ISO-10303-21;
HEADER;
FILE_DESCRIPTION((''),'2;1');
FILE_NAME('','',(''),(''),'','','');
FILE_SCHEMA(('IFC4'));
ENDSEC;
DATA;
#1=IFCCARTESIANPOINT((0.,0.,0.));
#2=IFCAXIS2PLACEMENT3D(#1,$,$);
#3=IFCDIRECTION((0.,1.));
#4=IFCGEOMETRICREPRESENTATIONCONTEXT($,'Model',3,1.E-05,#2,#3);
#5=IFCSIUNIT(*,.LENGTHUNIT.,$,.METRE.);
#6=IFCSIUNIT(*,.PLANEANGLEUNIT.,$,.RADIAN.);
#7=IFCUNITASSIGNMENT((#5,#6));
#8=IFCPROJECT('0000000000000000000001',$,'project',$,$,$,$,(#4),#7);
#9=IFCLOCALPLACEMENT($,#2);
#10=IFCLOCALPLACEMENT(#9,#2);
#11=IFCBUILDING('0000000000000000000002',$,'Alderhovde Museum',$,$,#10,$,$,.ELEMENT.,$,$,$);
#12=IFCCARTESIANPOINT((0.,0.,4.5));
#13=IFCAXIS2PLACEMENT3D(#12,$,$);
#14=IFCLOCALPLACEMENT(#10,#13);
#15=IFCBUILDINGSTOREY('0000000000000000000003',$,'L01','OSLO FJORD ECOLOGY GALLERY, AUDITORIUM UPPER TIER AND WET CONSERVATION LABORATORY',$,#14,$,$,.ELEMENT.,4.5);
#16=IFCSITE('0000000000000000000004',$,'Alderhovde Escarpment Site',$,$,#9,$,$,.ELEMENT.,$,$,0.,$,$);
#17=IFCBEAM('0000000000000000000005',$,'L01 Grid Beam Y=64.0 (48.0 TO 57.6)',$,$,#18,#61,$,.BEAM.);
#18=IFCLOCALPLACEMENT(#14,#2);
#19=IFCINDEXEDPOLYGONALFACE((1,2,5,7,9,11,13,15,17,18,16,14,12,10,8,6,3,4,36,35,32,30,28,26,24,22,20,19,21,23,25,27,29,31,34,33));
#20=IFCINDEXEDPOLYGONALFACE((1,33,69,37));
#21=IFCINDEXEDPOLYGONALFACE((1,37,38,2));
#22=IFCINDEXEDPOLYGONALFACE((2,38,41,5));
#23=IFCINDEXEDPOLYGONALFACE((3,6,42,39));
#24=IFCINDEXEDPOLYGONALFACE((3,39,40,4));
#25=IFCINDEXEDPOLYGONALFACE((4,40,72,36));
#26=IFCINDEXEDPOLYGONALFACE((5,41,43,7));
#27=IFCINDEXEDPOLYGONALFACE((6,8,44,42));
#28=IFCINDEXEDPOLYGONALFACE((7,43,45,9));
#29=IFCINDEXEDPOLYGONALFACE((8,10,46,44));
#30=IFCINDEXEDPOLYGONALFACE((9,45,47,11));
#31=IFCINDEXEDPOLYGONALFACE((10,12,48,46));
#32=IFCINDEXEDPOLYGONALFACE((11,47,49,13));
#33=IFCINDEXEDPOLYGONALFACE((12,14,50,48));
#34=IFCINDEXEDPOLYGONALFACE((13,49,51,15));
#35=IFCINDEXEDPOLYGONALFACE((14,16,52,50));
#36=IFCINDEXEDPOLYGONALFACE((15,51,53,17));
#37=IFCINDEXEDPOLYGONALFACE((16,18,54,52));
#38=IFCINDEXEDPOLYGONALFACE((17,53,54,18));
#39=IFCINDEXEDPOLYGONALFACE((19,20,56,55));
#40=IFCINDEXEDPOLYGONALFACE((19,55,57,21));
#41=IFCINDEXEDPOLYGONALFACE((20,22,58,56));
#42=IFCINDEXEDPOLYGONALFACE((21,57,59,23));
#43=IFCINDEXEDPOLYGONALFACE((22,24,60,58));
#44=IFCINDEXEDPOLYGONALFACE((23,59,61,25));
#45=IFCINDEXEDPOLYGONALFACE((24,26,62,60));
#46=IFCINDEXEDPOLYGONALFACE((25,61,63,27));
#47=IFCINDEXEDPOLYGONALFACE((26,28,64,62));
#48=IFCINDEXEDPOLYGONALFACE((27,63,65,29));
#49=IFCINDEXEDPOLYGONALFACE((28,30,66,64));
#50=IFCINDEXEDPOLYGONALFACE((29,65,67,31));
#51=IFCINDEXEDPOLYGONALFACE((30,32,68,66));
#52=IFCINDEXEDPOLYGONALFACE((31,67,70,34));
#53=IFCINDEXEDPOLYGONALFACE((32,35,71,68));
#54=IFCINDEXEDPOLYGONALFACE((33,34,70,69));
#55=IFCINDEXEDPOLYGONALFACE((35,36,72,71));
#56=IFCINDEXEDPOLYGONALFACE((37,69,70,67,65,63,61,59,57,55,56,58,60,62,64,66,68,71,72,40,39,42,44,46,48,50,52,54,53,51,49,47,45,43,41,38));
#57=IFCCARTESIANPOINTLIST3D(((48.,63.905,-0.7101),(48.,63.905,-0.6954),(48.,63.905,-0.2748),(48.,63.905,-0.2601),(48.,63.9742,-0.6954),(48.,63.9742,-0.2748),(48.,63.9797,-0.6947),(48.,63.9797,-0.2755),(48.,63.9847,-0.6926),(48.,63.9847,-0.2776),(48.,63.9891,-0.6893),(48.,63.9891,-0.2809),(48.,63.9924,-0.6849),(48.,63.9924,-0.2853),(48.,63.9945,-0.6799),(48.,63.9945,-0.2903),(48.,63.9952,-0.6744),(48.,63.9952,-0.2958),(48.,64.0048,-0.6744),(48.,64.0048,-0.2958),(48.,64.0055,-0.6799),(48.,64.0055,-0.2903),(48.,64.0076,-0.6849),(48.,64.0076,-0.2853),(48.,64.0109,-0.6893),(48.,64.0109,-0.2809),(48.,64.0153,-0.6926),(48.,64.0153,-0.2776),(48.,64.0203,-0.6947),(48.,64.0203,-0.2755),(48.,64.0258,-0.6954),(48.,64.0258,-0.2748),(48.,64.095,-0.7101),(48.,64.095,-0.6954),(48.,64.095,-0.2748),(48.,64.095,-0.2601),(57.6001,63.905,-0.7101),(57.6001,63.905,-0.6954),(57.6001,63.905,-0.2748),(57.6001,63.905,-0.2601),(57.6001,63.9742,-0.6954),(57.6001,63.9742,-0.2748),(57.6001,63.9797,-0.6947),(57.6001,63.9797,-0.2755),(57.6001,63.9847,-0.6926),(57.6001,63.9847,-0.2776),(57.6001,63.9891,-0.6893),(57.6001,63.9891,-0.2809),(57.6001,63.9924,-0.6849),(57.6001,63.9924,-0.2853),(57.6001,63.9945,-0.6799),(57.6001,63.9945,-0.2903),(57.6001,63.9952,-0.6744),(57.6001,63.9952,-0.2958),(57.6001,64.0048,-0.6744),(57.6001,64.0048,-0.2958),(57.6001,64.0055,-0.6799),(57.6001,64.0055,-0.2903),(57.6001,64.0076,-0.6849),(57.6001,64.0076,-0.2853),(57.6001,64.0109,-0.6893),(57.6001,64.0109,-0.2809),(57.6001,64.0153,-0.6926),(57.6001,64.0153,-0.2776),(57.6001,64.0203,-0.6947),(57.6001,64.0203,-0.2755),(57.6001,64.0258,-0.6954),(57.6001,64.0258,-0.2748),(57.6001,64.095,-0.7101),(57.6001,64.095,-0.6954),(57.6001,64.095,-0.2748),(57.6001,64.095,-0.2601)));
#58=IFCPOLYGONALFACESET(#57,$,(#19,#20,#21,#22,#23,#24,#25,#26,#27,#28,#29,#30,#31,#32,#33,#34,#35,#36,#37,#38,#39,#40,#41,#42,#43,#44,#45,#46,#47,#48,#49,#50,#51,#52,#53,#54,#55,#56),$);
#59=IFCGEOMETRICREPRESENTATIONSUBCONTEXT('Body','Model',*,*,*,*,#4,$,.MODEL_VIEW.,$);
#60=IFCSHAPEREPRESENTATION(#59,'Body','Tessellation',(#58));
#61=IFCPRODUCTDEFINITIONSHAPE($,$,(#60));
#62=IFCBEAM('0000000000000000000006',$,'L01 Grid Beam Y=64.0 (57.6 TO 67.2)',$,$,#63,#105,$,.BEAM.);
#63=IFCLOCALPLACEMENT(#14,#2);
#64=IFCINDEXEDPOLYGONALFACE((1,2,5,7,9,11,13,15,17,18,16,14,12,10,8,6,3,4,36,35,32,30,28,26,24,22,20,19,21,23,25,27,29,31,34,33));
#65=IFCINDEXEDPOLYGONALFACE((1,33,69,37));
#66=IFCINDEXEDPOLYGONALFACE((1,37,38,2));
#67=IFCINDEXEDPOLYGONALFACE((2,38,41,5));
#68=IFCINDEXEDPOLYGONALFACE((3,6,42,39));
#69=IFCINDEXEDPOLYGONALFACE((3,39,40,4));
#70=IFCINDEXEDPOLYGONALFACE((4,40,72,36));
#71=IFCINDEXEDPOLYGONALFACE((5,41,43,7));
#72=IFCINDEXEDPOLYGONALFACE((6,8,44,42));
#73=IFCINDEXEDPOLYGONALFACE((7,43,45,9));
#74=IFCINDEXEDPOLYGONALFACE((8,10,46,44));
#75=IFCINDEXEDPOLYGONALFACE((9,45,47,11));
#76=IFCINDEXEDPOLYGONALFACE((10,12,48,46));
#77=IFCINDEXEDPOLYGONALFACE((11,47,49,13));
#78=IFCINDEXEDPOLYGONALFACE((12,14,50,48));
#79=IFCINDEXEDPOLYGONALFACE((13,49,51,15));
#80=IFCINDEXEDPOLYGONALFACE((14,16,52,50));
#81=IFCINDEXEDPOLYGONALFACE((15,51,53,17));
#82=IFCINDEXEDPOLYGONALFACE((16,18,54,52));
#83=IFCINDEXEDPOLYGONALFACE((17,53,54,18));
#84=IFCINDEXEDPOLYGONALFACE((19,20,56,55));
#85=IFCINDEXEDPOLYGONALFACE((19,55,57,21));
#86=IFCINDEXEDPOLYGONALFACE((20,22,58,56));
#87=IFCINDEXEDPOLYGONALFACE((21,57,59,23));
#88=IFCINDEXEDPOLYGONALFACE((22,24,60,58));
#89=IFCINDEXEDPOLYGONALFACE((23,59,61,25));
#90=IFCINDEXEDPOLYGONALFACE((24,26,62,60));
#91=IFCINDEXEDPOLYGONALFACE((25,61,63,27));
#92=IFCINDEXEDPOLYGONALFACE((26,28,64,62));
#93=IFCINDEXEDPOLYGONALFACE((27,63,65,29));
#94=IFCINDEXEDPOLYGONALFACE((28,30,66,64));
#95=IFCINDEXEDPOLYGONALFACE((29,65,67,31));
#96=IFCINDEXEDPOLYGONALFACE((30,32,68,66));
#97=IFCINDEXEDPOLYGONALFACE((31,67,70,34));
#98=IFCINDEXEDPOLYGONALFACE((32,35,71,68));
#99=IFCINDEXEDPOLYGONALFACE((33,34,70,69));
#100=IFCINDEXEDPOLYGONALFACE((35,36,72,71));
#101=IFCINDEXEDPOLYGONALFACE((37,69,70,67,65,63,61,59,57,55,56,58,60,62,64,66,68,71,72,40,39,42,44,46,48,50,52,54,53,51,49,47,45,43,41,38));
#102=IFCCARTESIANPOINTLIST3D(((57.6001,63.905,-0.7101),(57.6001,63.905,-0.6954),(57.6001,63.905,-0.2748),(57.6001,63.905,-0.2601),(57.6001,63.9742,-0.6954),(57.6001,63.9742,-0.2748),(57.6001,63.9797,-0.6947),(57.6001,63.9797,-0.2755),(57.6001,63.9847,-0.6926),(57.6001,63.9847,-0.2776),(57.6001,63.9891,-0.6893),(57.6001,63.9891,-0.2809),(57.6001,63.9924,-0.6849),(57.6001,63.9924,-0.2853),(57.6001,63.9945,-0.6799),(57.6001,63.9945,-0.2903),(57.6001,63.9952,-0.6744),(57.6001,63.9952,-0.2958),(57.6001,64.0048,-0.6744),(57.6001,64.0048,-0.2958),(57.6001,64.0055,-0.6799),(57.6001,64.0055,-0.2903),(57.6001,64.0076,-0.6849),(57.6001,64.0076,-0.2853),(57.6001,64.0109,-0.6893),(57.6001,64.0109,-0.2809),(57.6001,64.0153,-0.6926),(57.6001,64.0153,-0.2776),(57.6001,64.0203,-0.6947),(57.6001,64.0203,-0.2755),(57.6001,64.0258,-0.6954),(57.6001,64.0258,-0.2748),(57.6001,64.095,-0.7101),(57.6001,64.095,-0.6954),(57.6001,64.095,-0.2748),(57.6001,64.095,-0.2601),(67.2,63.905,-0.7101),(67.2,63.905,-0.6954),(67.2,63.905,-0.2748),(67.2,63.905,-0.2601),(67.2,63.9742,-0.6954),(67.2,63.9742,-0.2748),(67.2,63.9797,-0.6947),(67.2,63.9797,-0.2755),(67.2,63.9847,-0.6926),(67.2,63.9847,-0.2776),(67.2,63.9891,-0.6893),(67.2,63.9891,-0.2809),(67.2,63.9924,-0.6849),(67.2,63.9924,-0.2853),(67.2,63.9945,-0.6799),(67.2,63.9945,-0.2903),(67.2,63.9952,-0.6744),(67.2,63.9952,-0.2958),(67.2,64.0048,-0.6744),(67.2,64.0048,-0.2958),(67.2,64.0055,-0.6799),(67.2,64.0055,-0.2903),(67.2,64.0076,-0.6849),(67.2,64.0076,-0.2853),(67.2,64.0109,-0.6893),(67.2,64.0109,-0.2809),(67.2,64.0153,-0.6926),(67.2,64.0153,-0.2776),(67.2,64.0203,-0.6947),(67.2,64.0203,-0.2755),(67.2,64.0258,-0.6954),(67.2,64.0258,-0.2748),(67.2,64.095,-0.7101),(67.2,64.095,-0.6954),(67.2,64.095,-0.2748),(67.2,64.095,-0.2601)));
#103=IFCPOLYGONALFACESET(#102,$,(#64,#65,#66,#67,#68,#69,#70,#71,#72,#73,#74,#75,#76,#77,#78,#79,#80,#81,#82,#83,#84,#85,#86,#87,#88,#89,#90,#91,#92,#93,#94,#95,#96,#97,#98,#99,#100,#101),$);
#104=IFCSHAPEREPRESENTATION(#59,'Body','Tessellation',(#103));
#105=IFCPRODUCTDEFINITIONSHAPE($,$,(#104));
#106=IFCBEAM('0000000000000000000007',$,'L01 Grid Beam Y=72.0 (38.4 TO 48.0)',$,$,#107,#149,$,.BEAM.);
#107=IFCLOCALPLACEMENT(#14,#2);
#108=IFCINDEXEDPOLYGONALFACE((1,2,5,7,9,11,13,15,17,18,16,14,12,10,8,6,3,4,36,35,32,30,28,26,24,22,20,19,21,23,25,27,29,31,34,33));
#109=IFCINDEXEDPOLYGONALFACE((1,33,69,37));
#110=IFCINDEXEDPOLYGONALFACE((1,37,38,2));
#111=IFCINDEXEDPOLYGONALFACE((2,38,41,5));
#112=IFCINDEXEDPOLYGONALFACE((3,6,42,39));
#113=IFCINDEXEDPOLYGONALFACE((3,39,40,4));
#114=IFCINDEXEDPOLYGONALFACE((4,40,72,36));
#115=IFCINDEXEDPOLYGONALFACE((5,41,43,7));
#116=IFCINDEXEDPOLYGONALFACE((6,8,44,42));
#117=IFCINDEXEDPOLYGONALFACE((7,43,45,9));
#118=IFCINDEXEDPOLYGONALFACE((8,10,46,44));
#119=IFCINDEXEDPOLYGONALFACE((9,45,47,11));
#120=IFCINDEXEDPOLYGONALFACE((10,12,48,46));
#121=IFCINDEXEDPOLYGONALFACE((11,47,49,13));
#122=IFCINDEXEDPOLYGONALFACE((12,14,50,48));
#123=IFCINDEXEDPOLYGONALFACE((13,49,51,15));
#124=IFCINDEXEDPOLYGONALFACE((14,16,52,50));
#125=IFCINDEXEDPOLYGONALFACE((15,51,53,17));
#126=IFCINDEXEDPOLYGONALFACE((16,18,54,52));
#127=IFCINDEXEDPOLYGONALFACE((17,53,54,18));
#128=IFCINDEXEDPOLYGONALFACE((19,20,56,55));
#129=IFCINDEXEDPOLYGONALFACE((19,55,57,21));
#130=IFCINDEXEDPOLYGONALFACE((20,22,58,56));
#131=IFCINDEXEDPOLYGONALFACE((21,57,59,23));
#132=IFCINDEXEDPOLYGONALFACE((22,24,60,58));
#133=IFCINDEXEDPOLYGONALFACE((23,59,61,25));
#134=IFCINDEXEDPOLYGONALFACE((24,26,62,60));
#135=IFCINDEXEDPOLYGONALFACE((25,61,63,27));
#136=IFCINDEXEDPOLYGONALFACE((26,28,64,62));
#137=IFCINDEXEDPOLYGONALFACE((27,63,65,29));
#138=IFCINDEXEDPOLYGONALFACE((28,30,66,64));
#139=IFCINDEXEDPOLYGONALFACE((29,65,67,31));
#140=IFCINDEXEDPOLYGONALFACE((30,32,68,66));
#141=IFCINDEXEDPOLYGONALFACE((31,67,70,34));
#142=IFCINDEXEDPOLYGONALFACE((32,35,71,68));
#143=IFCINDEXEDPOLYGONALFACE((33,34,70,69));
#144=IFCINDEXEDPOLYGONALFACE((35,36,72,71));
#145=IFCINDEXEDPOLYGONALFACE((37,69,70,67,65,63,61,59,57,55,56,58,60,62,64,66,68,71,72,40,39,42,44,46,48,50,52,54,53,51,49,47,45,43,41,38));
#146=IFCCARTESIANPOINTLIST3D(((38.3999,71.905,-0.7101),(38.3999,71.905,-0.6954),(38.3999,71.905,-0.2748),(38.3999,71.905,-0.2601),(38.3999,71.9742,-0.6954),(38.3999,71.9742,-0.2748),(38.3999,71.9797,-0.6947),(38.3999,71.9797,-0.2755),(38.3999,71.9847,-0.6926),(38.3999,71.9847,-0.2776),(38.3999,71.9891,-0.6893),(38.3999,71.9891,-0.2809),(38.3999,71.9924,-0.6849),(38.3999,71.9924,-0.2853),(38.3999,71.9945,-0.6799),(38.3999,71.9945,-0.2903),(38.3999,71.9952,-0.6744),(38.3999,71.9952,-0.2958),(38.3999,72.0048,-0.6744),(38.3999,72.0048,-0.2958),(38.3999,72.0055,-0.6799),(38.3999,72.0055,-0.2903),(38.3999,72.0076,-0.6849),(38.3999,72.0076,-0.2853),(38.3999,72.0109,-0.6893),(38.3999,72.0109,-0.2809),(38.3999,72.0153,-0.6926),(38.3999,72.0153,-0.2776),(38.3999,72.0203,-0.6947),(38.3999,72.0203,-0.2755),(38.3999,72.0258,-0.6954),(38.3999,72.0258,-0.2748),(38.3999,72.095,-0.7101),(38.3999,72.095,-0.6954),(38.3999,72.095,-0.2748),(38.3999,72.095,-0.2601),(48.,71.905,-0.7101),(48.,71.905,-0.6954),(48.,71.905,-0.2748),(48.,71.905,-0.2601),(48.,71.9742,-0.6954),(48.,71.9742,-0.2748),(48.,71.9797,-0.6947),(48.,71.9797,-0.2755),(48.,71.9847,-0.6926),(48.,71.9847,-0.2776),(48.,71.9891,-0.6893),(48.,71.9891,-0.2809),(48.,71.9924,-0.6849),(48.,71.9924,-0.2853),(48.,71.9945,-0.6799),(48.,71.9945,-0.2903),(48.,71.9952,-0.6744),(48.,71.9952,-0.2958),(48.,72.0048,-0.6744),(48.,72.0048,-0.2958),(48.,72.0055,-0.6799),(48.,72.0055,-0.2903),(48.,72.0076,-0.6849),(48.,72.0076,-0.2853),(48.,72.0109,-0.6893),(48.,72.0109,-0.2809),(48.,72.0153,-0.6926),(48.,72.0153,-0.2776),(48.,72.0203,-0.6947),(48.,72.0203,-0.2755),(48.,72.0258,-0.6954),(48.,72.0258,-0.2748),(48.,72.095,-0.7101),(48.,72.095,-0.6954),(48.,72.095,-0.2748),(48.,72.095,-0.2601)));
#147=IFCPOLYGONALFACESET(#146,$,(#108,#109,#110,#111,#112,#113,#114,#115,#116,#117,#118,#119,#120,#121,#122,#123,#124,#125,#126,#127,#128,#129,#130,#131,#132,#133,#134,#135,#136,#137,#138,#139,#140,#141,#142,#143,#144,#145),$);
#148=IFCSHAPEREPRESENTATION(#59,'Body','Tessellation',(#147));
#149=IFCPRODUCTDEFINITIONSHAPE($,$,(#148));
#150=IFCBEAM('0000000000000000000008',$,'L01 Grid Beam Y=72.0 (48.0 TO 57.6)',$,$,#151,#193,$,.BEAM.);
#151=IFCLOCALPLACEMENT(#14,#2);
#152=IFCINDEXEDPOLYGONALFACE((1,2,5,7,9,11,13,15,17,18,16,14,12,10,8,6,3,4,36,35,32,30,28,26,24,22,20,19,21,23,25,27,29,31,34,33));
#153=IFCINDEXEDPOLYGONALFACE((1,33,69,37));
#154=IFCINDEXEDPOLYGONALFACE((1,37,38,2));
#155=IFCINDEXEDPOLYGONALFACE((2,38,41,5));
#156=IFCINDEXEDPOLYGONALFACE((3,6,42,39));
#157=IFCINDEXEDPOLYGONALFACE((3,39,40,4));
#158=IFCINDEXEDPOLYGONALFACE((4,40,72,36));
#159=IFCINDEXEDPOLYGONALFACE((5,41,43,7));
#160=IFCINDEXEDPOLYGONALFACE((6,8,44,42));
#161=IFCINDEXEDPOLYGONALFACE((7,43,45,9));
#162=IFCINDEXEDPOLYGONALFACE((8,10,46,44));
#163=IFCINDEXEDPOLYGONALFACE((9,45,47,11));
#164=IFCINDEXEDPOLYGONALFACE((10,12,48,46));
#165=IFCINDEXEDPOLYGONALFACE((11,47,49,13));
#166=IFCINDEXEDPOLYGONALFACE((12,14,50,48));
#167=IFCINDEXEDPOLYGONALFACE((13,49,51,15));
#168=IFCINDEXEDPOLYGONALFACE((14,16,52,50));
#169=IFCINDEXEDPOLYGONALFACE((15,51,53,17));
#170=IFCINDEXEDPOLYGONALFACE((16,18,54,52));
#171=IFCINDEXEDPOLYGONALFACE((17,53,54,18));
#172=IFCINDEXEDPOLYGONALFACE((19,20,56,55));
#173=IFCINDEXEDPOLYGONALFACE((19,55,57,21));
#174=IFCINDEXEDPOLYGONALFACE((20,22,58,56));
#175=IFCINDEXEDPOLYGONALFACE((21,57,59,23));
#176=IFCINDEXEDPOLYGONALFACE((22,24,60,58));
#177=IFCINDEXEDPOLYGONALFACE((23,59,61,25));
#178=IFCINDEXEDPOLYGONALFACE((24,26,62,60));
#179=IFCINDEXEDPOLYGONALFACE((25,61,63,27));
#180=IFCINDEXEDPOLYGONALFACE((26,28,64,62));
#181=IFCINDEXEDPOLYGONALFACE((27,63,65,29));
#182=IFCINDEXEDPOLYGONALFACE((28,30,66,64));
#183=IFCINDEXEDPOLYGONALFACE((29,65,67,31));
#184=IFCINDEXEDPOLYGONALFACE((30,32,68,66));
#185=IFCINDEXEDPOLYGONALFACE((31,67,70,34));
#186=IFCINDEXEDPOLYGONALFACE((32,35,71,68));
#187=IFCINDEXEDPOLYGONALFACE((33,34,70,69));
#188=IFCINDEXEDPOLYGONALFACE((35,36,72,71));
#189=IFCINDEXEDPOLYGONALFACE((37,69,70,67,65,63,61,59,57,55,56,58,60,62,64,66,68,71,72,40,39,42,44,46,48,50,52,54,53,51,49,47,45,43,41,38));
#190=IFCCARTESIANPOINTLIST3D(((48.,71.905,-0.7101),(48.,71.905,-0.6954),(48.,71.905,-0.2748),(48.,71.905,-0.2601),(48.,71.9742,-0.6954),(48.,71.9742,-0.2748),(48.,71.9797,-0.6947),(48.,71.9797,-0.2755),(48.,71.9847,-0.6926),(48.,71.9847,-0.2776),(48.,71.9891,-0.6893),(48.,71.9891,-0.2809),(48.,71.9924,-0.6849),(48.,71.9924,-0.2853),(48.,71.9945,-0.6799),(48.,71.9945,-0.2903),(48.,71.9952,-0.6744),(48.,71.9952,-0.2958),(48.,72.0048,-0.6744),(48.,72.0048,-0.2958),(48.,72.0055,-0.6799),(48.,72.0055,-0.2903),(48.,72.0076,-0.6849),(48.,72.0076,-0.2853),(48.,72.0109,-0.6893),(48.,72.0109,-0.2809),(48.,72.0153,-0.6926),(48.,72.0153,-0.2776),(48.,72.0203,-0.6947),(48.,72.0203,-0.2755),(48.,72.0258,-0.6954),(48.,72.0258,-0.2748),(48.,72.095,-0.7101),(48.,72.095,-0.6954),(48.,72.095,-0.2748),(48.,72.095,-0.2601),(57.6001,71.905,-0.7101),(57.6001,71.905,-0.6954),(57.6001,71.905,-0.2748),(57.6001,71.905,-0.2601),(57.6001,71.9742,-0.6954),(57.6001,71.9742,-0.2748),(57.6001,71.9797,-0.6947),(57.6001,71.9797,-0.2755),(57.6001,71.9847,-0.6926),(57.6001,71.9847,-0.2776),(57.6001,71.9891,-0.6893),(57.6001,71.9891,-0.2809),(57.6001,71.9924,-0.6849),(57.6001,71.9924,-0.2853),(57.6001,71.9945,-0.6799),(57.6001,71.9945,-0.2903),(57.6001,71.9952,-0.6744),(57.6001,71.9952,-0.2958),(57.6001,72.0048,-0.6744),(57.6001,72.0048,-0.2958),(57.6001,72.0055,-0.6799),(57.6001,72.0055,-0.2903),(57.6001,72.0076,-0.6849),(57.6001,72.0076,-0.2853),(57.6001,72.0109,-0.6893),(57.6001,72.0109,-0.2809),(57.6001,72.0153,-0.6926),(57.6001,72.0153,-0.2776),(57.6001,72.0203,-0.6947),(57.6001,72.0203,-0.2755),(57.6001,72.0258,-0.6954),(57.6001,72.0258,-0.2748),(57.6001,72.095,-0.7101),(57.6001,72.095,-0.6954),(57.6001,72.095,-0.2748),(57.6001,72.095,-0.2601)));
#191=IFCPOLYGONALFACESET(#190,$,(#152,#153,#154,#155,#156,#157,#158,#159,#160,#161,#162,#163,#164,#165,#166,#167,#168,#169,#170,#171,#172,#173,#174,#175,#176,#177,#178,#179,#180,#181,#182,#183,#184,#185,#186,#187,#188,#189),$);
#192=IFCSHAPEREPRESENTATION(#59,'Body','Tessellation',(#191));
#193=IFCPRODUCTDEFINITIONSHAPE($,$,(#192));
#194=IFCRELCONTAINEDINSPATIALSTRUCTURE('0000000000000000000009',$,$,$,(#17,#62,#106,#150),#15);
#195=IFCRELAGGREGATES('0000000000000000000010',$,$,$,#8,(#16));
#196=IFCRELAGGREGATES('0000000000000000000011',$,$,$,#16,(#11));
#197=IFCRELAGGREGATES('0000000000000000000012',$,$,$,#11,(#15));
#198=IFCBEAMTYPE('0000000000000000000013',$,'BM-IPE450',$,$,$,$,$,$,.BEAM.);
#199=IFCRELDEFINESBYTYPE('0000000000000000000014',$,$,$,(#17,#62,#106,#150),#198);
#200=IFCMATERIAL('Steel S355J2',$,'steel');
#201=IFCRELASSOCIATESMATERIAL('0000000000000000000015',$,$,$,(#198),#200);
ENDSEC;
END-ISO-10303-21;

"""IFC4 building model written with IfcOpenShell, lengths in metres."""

from ifc_helpers import new_model, si_unit, direction, frame, origin, origin_2d, place, context, subcontext, project, spatial, i_section, extrude, material, material_profile, profile_set, type_object, element, save


model = new_model("IFC4")

# Units and contexts
model_context = context("Model", 3, precision=1e-05, world=origin(), true_north=direction((0.0, 1.0)))
body_context = subcontext(model_context, "Body", "Model", "MODEL_VIEW")
ifc_project = project(units=[si_unit("LENGTHUNIT", "METRE"), si_unit("PLANEANGLEUNIT", "RADIAN")], contexts=[model_context])

# Site, building, storey
site_placement = place(None, origin())
site = spatial("IfcSite", under=ifc_project, at=site_placement, Name="Alderhovde Escarpment Site", CompositionType="ELEMENT", RefElevation=0.0)
building_placement = place(site_placement, origin())
building = spatial("IfcBuilding", under=site, at=building_placement, Name="Alderhovde Museum", CompositionType="ELEMENT")
storey_placement = place(building_placement, frame((0.0, 0.0, 4.5)))
storey = spatial("IfcBuildingStorey", under=building, at=storey_placement, Name="L01", Description="OSLO FJORD ECOLOGY GALLERY, AUDITORIUM UPPER TIER AND WET CONSERVATION LABORATORY", CompositionType="ELEMENT", Elevation=4.5)

# Beams
ifc_material_1 = material(Name="Steel S355J2", Category="steel")
ifc_material_profile_1 = material_profile(ifc_material_1, i_section(OverallWidth=0.1899, OverallDepth=0.45, WebThickness=0.0095, FlangeThickness=0.0146, FilletRadius=0.021, at=origin_2d()), Name="IPE 450")
ifc_profile_set_1 = profile_set([ifc_material_profile_1], Name="Steel S355J2")
beam_type_1 = type_object("IfcBeamType", Name="BM-IPE450", PredefinedType="BEAM", material=ifc_profile_set_1)
for number, where, z_axis, x_axis, name in (
    (1, (48.0, 64.0, -0.4851), (1.0, 0.0, 0.0), (0.0, 1.0, 0.0), "L01 Grid Beam Y=64.0 (48.0 TO 57.6)"),
):
    element("IfcBeam", number, at=place(storey_placement, frame(where, z_axis=z_axis, x_axis=x_axis)), inside=storey, type_object=beam_type_1, Name=name, PredefinedType="BEAM", context=body_context, shape_type="SweptSolid", body=[
        extrude(i_section(OverallWidth=0.1899, OverallDepth=0.45, WebThickness=0.0095, FlangeThickness=0.0146, FilletRadius=0.021, at=origin_2d()), origin(), (0.0, 0.0, 1.0), 9.6001),
    ])
beam_1_placement = place(storey_placement, frame((57.6001, 64.0, -0.4851), z_axis=(1.0, 0.0, 0.0), x_axis=(0.0, 1.0, 0.0)))
element("IfcBeam", 2, at=beam_1_placement, inside=storey, type_object=beam_type_1, Name="L01 Grid Beam Y=64.0 (57.6 TO 67.2)", PredefinedType="BEAM", context=body_context, shape_type="SweptSolid", body=[
    extrude(i_section(OverallWidth=0.1899, OverallDepth=0.45, WebThickness=0.0095, FlangeThickness=0.0146, FilletRadius=0.021, at=origin_2d()), origin(), (0.0, 0.0, 1.0), 9.5999),
])
for number, where, z_axis, x_axis, name in (
    (3, (38.3999, 72.0, -0.4851), (1.0, 0.0, 0.0), (0.0, 1.0, 0.0), "L01 Grid Beam Y=72.0 (38.4 TO 48.0)"),
    (4, (48.0, 72.0, -0.4851), (1.0, 0.0, 0.0), (0.0, 1.0, 0.0), "L01 Grid Beam Y=72.0 (48.0 TO 57.6)"),
):
    element("IfcBeam", number, at=place(storey_placement, frame(where, z_axis=z_axis, x_axis=x_axis)), inside=storey, type_object=beam_type_1, Name=name, PredefinedType="BEAM", context=body_context, shape_type="SweptSolid", body=[
        extrude(i_section(OverallWidth=0.1899, OverallDepth=0.45, WebThickness=0.0095, FlangeThickness=0.0146, FilletRadius=0.021, at=origin_2d()), origin(), (0.0, 0.0, 1.0), 9.6001),
    ])

save(model, "model.ifc")
